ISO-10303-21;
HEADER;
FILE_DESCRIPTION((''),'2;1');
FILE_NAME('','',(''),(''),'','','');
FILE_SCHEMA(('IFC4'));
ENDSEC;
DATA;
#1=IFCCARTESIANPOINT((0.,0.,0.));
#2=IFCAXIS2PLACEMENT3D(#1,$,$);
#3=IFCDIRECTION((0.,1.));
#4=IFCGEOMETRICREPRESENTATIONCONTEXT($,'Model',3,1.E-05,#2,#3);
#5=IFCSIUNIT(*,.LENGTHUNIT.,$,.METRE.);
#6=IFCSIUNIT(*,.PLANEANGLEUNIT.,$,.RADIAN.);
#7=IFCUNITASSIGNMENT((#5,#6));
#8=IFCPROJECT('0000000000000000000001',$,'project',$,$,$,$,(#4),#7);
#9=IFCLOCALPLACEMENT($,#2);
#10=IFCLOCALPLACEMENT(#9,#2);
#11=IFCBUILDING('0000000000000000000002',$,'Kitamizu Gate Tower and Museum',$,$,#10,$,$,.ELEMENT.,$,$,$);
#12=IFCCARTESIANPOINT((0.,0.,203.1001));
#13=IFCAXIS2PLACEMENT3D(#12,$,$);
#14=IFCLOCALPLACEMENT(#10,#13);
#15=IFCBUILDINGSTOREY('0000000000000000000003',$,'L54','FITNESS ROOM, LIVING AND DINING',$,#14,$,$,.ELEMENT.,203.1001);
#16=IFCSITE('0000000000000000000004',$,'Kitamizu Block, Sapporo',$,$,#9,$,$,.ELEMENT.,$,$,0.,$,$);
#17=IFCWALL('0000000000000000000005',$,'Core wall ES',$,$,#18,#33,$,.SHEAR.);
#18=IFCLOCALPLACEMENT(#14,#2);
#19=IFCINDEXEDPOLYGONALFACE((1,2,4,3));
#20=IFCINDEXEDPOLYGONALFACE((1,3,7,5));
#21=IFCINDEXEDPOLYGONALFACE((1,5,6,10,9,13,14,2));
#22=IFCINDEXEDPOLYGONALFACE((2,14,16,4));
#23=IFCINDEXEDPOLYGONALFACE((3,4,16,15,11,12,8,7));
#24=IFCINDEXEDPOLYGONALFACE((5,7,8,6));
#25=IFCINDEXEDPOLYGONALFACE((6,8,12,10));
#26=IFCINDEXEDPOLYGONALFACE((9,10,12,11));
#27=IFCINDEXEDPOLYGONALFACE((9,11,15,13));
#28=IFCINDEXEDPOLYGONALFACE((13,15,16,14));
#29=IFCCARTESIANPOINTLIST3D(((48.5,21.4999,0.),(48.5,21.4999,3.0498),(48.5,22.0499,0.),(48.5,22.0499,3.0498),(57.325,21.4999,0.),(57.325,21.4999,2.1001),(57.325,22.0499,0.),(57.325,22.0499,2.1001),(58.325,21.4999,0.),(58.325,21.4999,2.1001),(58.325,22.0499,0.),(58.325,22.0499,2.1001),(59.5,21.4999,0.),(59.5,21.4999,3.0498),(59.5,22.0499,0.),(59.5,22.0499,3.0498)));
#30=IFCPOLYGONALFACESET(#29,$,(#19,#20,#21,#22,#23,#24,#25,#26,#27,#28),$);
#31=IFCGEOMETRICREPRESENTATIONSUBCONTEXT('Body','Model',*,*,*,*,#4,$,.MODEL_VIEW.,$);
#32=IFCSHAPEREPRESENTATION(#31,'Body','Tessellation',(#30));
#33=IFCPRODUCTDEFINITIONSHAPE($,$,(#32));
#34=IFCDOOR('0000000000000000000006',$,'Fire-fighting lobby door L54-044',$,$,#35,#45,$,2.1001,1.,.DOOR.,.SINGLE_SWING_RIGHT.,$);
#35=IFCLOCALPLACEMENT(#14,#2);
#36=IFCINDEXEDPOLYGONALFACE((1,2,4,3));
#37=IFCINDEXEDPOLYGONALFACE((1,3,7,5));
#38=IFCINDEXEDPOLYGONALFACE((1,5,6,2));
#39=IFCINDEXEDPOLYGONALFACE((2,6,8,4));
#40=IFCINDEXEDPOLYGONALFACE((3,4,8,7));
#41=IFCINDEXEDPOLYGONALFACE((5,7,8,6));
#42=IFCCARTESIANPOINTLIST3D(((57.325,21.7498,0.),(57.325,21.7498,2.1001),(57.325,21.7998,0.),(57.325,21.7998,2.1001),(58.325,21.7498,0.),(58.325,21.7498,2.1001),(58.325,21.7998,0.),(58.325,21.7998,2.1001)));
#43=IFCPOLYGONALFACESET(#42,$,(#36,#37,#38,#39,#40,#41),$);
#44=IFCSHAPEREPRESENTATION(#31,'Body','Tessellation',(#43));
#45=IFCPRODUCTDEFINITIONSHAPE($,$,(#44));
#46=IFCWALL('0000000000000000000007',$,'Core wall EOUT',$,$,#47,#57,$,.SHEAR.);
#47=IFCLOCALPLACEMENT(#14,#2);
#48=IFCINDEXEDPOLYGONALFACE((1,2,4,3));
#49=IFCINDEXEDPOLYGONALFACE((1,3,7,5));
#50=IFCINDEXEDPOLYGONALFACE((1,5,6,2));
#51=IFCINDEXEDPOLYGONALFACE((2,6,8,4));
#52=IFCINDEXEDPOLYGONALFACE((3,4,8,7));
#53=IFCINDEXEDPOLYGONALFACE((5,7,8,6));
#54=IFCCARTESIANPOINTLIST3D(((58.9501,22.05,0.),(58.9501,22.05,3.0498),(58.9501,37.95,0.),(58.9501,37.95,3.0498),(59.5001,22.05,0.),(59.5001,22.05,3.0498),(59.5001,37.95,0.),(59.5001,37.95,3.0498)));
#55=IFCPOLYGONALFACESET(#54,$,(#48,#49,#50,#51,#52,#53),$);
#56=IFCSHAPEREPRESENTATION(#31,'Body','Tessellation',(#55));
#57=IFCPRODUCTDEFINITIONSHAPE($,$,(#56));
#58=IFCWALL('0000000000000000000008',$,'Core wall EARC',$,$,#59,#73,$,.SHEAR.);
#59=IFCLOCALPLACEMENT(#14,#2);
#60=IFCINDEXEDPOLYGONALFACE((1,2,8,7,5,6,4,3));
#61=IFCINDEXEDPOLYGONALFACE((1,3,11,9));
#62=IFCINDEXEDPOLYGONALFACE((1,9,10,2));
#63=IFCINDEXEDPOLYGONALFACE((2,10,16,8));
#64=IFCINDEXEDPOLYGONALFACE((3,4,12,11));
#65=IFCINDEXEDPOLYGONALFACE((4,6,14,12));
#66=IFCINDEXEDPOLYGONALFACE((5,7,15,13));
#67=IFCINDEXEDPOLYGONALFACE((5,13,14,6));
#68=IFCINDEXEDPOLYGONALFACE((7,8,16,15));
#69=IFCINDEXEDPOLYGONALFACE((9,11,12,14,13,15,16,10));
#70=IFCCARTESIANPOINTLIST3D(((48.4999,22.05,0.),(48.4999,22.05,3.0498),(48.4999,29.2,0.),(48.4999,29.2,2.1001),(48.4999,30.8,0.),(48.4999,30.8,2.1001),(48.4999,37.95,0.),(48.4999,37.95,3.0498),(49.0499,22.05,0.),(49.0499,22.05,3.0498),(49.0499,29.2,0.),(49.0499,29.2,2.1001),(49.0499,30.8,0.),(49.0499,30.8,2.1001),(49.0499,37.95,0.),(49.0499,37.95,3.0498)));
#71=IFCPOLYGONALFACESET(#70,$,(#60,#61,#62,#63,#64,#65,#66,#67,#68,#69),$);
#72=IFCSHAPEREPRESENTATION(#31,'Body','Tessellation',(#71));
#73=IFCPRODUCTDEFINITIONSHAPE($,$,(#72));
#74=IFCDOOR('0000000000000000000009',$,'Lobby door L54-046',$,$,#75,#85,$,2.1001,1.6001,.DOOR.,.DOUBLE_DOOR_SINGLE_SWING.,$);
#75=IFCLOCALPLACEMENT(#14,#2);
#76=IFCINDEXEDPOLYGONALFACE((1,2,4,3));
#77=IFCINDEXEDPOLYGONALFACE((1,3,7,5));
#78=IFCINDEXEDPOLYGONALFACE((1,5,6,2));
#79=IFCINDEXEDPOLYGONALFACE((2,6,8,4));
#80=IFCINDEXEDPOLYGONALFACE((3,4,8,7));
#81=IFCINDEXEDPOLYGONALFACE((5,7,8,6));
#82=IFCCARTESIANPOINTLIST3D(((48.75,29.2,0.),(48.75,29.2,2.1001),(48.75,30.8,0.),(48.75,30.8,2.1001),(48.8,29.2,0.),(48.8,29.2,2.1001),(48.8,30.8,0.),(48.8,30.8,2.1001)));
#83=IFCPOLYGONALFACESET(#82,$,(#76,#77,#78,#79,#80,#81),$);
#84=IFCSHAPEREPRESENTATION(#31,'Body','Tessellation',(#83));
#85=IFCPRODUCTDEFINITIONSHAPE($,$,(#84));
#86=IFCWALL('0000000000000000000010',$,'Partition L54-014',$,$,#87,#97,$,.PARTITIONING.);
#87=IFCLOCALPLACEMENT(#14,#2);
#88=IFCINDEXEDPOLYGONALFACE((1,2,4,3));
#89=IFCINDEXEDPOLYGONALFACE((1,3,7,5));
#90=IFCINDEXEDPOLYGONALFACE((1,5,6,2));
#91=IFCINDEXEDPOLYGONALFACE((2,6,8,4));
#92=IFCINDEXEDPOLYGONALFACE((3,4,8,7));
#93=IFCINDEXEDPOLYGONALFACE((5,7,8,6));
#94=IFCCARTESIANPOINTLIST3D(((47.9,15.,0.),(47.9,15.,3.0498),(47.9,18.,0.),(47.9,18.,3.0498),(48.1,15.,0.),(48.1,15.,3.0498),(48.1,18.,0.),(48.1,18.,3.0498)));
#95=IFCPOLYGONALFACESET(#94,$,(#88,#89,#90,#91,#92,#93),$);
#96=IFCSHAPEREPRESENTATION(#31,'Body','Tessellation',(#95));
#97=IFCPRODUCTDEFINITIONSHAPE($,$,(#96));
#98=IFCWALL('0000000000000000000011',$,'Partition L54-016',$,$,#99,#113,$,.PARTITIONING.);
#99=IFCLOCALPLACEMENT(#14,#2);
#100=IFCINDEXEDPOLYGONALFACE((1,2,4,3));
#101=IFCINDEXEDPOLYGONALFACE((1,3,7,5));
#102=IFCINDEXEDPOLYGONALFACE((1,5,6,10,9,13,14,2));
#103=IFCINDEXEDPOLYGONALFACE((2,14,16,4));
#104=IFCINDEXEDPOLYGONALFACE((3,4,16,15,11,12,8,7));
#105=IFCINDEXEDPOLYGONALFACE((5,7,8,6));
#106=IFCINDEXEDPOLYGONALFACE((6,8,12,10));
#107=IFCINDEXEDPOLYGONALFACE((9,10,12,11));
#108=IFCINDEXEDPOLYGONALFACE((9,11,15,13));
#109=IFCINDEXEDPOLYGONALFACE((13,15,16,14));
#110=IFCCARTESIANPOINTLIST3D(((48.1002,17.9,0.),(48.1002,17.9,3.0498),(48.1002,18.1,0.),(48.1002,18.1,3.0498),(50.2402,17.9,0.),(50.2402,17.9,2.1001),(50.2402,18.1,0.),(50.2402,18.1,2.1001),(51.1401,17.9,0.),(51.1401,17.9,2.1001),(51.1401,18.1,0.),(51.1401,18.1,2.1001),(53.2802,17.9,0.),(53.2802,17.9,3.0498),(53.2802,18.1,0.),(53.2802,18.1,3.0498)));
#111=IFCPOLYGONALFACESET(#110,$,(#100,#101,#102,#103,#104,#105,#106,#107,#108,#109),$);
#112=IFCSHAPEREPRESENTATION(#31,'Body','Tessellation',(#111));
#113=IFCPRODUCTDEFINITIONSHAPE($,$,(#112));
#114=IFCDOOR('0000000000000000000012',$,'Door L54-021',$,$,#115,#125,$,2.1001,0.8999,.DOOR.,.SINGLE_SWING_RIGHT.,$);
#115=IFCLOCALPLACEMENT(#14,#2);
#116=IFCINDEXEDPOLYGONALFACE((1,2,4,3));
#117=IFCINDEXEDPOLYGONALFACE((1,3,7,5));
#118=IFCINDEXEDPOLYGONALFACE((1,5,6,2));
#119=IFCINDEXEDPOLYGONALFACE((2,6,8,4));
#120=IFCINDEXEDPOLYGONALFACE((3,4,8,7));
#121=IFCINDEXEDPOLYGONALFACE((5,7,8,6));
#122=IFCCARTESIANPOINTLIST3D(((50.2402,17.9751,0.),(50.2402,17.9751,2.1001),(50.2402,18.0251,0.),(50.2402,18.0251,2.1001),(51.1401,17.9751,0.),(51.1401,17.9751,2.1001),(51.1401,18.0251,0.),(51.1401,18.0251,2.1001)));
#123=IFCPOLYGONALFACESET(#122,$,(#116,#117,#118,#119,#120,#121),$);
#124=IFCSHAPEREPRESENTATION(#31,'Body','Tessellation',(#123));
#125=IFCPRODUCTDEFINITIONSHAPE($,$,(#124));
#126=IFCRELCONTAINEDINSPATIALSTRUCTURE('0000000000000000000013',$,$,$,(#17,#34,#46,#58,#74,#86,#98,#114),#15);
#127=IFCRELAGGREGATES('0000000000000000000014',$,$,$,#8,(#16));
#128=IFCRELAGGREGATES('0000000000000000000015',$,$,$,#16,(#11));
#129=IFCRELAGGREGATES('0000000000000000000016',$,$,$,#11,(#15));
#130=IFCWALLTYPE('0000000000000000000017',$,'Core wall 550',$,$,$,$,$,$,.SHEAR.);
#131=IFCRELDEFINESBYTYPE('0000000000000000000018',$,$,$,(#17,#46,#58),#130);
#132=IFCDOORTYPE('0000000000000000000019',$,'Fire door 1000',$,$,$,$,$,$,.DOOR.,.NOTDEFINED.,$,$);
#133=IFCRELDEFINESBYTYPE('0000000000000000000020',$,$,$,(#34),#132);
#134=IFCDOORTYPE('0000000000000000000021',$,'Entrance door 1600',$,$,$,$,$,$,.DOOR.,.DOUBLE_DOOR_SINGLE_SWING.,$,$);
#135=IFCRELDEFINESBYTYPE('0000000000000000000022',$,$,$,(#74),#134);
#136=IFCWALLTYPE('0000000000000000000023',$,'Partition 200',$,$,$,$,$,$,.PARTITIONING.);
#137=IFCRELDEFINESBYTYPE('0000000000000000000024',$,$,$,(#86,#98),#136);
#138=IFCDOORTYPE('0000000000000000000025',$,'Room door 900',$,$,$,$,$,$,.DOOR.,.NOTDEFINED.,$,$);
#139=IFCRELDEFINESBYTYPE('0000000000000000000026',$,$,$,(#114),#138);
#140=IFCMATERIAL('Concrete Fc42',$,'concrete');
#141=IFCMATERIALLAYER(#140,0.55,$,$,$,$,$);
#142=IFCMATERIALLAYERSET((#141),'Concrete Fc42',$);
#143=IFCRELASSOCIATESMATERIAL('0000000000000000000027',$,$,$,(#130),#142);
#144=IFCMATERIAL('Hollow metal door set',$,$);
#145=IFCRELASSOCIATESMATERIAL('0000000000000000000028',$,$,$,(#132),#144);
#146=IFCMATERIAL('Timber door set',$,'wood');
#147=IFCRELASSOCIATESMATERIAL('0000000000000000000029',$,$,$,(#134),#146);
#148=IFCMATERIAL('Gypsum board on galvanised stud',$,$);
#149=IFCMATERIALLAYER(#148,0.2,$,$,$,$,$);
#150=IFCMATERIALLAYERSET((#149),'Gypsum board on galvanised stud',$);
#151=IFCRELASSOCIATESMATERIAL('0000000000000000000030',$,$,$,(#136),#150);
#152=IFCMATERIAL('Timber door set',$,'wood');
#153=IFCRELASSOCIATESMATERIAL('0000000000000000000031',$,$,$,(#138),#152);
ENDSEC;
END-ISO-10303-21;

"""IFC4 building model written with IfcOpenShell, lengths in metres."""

from ifc_helpers import new_model, si_unit, direction, frame, frame_2d, origin, place, context, subcontext, project, spatial, rectangle, extrude, material, layer, layer_set, type_object, element, fill, save


model = new_model("IFC4")

# Units and contexts
model_context = context("Model", 3, precision=1e-05, world=origin(), true_north=direction((0.0, 1.0)))
body_context = subcontext(model_context, "Body", "Model", "MODEL_VIEW")
ifc_project = project(units=[si_unit("LENGTHUNIT", "METRE"), si_unit("PLANEANGLEUNIT", "RADIAN")], contexts=[model_context])

# Site, building, storey
site_placement = place(None, origin())
site = spatial("IfcSite", under=ifc_project, at=site_placement, Name="Kitamizu Block, Sapporo", CompositionType="ELEMENT", RefElevation=0.0)
building_placement = place(site_placement, origin())
building = spatial("IfcBuilding", under=site, at=building_placement, Name="Kitamizu Gate Tower and Museum", CompositionType="ELEMENT")
storey_placement = place(building_placement, frame((0.0, 0.0, 203.1001)))
storey = spatial("IfcBuildingStorey", under=building, at=storey_placement, Name="L54", Description="FITNESS ROOM, LIVING AND DINING", CompositionType="ELEMENT", Elevation=203.1001)

# Wall, opening, door
ifc_material_1 = material(Name="Concrete Fc42", Category="concrete")
ifc_layer_1 = layer(ifc_material_1, 0.55)
ifc_layer_set_1 = layer_set([ifc_layer_1], Name="Concrete Fc42")
wall_type_1 = type_object("IfcWallType", Name="Core wall 550", PredefinedType="SHEAR", material=ifc_layer_set_1)
wall_1_placement = place(storey_placement, frame((59.5, 21.7749, 0.0), z_axis=(0.0, 0.0, 1.0), x_axis=(-1.0, 0.0, 0.0)))
wall_1 = element("IfcWall", 1, at=wall_1_placement, inside=storey, type_object=wall_type_1, Name="Core wall ES", PredefinedType="SHEAR", context=body_context, shape_type="SweptSolid", body=[
    extrude(rectangle(XDim=11.0, YDim=0.55, at=frame_2d((5.5, 0.0))), origin(), (0.0, 0.0, 1.0), 3.0498),
])
opening_1_placement = place(wall_1_placement, frame((1.175, 0.0, 0.0)))
opening_1 = element("IfcOpeningElement", 2, at=opening_1_placement, cuts=wall_1, PredefinedType="OPENING", context=body_context, shape_type="SweptSolid", body=[
    extrude(rectangle(XDim=1.0, YDim=2.1001, at=frame_2d((0.5, 1.05))), frame((0.0, 0.2852, 0.0), z_axis=(0.0, -1.0, 0.0), x_axis=(1.0, 0.0, 0.0)), (0.0, 0.0, 1.0), 0.5701),
])
ifc_material_2 = material(Name="Hollow metal door set")
door_type_1 = type_object("IfcDoorType", Name="Fire door 1000", OperationType="NOTDEFINED", PredefinedType="DOOR", material=ifc_material_2)
door_1_placement = place(opening_1_placement, frame((1.0, 0.0, 0.0), x_axis=(-1.0, 0.0, 0.0)))
door_1 = element("IfcDoor", 3, at=door_1_placement, inside=storey, type_object=door_type_1, Name="Fire-fighting lobby door L54-044", OperationType="SINGLE_SWING_RIGHT", OverallHeight=2.1001, OverallWidth=1.0, PredefinedType="DOOR", context=body_context, shape_type="SweptSolid", body=[
    extrude(rectangle(XDim=1.0, YDim=2.1001, at=frame_2d((0.5, 1.05))), frame((0.0, 0.0249, 0.0), z_axis=(0.0, -1.0, 0.0), x_axis=(1.0, 0.0, 0.0)), (0.0, 0.0, 1.0), 0.05),
])
fill(opening_1, door_1)

# Wall
wall_2_placement = place(storey_placement, frame((59.2251, 22.05, 0.0), z_axis=(0.0, 0.0, 1.0), x_axis=(0.0, 1.0, 0.0)))
element("IfcWall", 4, at=wall_2_placement, inside=storey, type_object=wall_type_1, Name="Core wall EOUT", PredefinedType="SHEAR", context=body_context, shape_type="SweptSolid", body=[
    extrude(rectangle(XDim=15.8999, YDim=0.55, at=frame_2d((7.95, 0.0))), origin(), (0.0, 0.0, 1.0), 3.0498),
])

# Wall, opening, door
wall_3_placement = place(storey_placement, frame((48.7749, 22.05, 0.0), z_axis=(0.0, 0.0, 1.0), x_axis=(0.0, 1.0, 0.0)))
wall_3 = element("IfcWall", 5, at=wall_3_placement, inside=storey, type_object=wall_type_1, Name="Core wall EARC", PredefinedType="SHEAR", context=body_context, shape_type="SweptSolid", body=[
    extrude(rectangle(XDim=15.8999, YDim=0.55, at=frame_2d((7.95, 0.0))), origin(), (0.0, 0.0, 1.0), 3.0498),
])
opening_2_placement = place(wall_3_placement, frame((7.1499, 0.0, 0.0)))
opening_2 = element("IfcOpeningElement", 6, at=opening_2_placement, cuts=wall_3, PredefinedType="OPENING", context=body_context, shape_type="SweptSolid", body=[
    extrude(rectangle(XDim=1.6001, YDim=2.1001, at=frame_2d((0.8, 1.05))), frame((0.0, 0.2852, 0.0), z_axis=(0.0, -1.0, 0.0), x_axis=(1.0, 0.0, 0.0)), (0.0, 0.0, 1.0), 0.5701),
])
ifc_material_3 = material(Name="Timber door set", Category="wood")
door_type_2 = type_object("IfcDoorType", Name="Entrance door 1600", OperationType="DOUBLE_DOOR_SINGLE_SWING", PredefinedType="DOOR", material=ifc_material_3)
door_2_placement = place(opening_2_placement, origin())
door_2 = element("IfcDoor", 7, at=door_2_placement, inside=storey, type_object=door_type_2, Name="Lobby door L54-046", OperationType="DOUBLE_DOOR_SINGLE_SWING", OverallHeight=2.1001, OverallWidth=1.6001, PredefinedType="DOOR", context=body_context, shape_type="SweptSolid", body=[
    extrude(rectangle(XDim=1.6001, YDim=2.1001, at=frame_2d((0.8, 1.05))), frame((0.0, 0.0249, 0.0), z_axis=(0.0, -1.0, 0.0), x_axis=(1.0, 0.0, 0.0)), (0.0, 0.0, 1.0), 0.05),
])
fill(opening_2, door_2)

# Wall
ifc_material_4 = material(Name="Gypsum board on galvanised stud")
ifc_layer_2 = layer(ifc_material_4, 0.2)
ifc_layer_set_2 = layer_set([ifc_layer_2], Name="Gypsum board on galvanised stud")
wall_type_2 = type_object("IfcWallType", Name="Partition 200", PredefinedType="PARTITIONING", material=ifc_layer_set_2)
wall_4_placement = place(storey_placement, frame((48.0, 15.0, 0.0), z_axis=(0.0, 0.0, 1.0), x_axis=(0.0, 1.0, 0.0)))
element("IfcWall", 8, at=wall_4_placement, inside=storey, type_object=wall_type_2, Name="Partition L54-014", PredefinedType="PARTITIONING", context=body_context, shape_type="SweptSolid", body=[
    extrude(rectangle(XDim=3.0, YDim=0.2, at=frame_2d((1.5, 0.0))), origin(), (0.0, 0.0, 1.0), 3.0498),
])

# Wall, opening, door
wall_5_placement = place(storey_placement, frame((53.28, 18.0, 0.0), z_axis=(0.0, 0.0, 1.0), x_axis=(-1.0, 0.0, 0.0)))
wall_5 = element("IfcWall", 9, at=wall_5_placement, inside=storey, type_object=wall_type_2, Name="Partition L54-016", PredefinedType="PARTITIONING", context=body_context, shape_type="SweptSolid", body=[
    extrude(rectangle(XDim=5.1799, YDim=0.2, at=frame_2d((2.5898, 0.0))), origin(), (0.0, 0.0, 1.0), 3.0498),
])
opening_3_placement = place(wall_5_placement, frame((2.1399, 0.0, 0.0)))
opening_3 = element("IfcOpeningElement", 10, at=opening_3_placement, cuts=wall_5, PredefinedType="OPENING", context=body_context, shape_type="SweptSolid", body=[
    extrude(rectangle(XDim=0.8999, YDim=2.1001, at=frame_2d((0.45, 1.05))), frame((0.0, 0.1099, 0.0), z_axis=(0.0, -1.0, 0.0), x_axis=(1.0, 0.0, 0.0)), (0.0, 0.0, 1.0), 0.22),
])
ifc_material_5 = material(Name="Timber door set", Category="wood")
door_type_3 = type_object("IfcDoorType", Name="Room door 900", OperationType="NOTDEFINED", PredefinedType="DOOR", material=ifc_material_5)
door_3_placement = place(opening_3_placement, origin())
door_3 = element("IfcDoor", 11, at=door_3_placement, inside=storey, type_object=door_type_3, Name="Door L54-021", OperationType="SINGLE_SWING_RIGHT", OverallHeight=2.1001, OverallWidth=0.8999, PredefinedType="DOOR", context=body_context, shape_type="SweptSolid", body=[
    extrude(rectangle(XDim=0.8999, YDim=2.1001, at=frame_2d((0.45, 1.05))), frame((0.0, 0.0249, 0.0), z_axis=(0.0, -1.0, 0.0), x_axis=(1.0, 0.0, 0.0)), (0.0, 0.0, 1.0), 0.05),
])
fill(opening_3, door_3)

save(model, "model.ifc")
